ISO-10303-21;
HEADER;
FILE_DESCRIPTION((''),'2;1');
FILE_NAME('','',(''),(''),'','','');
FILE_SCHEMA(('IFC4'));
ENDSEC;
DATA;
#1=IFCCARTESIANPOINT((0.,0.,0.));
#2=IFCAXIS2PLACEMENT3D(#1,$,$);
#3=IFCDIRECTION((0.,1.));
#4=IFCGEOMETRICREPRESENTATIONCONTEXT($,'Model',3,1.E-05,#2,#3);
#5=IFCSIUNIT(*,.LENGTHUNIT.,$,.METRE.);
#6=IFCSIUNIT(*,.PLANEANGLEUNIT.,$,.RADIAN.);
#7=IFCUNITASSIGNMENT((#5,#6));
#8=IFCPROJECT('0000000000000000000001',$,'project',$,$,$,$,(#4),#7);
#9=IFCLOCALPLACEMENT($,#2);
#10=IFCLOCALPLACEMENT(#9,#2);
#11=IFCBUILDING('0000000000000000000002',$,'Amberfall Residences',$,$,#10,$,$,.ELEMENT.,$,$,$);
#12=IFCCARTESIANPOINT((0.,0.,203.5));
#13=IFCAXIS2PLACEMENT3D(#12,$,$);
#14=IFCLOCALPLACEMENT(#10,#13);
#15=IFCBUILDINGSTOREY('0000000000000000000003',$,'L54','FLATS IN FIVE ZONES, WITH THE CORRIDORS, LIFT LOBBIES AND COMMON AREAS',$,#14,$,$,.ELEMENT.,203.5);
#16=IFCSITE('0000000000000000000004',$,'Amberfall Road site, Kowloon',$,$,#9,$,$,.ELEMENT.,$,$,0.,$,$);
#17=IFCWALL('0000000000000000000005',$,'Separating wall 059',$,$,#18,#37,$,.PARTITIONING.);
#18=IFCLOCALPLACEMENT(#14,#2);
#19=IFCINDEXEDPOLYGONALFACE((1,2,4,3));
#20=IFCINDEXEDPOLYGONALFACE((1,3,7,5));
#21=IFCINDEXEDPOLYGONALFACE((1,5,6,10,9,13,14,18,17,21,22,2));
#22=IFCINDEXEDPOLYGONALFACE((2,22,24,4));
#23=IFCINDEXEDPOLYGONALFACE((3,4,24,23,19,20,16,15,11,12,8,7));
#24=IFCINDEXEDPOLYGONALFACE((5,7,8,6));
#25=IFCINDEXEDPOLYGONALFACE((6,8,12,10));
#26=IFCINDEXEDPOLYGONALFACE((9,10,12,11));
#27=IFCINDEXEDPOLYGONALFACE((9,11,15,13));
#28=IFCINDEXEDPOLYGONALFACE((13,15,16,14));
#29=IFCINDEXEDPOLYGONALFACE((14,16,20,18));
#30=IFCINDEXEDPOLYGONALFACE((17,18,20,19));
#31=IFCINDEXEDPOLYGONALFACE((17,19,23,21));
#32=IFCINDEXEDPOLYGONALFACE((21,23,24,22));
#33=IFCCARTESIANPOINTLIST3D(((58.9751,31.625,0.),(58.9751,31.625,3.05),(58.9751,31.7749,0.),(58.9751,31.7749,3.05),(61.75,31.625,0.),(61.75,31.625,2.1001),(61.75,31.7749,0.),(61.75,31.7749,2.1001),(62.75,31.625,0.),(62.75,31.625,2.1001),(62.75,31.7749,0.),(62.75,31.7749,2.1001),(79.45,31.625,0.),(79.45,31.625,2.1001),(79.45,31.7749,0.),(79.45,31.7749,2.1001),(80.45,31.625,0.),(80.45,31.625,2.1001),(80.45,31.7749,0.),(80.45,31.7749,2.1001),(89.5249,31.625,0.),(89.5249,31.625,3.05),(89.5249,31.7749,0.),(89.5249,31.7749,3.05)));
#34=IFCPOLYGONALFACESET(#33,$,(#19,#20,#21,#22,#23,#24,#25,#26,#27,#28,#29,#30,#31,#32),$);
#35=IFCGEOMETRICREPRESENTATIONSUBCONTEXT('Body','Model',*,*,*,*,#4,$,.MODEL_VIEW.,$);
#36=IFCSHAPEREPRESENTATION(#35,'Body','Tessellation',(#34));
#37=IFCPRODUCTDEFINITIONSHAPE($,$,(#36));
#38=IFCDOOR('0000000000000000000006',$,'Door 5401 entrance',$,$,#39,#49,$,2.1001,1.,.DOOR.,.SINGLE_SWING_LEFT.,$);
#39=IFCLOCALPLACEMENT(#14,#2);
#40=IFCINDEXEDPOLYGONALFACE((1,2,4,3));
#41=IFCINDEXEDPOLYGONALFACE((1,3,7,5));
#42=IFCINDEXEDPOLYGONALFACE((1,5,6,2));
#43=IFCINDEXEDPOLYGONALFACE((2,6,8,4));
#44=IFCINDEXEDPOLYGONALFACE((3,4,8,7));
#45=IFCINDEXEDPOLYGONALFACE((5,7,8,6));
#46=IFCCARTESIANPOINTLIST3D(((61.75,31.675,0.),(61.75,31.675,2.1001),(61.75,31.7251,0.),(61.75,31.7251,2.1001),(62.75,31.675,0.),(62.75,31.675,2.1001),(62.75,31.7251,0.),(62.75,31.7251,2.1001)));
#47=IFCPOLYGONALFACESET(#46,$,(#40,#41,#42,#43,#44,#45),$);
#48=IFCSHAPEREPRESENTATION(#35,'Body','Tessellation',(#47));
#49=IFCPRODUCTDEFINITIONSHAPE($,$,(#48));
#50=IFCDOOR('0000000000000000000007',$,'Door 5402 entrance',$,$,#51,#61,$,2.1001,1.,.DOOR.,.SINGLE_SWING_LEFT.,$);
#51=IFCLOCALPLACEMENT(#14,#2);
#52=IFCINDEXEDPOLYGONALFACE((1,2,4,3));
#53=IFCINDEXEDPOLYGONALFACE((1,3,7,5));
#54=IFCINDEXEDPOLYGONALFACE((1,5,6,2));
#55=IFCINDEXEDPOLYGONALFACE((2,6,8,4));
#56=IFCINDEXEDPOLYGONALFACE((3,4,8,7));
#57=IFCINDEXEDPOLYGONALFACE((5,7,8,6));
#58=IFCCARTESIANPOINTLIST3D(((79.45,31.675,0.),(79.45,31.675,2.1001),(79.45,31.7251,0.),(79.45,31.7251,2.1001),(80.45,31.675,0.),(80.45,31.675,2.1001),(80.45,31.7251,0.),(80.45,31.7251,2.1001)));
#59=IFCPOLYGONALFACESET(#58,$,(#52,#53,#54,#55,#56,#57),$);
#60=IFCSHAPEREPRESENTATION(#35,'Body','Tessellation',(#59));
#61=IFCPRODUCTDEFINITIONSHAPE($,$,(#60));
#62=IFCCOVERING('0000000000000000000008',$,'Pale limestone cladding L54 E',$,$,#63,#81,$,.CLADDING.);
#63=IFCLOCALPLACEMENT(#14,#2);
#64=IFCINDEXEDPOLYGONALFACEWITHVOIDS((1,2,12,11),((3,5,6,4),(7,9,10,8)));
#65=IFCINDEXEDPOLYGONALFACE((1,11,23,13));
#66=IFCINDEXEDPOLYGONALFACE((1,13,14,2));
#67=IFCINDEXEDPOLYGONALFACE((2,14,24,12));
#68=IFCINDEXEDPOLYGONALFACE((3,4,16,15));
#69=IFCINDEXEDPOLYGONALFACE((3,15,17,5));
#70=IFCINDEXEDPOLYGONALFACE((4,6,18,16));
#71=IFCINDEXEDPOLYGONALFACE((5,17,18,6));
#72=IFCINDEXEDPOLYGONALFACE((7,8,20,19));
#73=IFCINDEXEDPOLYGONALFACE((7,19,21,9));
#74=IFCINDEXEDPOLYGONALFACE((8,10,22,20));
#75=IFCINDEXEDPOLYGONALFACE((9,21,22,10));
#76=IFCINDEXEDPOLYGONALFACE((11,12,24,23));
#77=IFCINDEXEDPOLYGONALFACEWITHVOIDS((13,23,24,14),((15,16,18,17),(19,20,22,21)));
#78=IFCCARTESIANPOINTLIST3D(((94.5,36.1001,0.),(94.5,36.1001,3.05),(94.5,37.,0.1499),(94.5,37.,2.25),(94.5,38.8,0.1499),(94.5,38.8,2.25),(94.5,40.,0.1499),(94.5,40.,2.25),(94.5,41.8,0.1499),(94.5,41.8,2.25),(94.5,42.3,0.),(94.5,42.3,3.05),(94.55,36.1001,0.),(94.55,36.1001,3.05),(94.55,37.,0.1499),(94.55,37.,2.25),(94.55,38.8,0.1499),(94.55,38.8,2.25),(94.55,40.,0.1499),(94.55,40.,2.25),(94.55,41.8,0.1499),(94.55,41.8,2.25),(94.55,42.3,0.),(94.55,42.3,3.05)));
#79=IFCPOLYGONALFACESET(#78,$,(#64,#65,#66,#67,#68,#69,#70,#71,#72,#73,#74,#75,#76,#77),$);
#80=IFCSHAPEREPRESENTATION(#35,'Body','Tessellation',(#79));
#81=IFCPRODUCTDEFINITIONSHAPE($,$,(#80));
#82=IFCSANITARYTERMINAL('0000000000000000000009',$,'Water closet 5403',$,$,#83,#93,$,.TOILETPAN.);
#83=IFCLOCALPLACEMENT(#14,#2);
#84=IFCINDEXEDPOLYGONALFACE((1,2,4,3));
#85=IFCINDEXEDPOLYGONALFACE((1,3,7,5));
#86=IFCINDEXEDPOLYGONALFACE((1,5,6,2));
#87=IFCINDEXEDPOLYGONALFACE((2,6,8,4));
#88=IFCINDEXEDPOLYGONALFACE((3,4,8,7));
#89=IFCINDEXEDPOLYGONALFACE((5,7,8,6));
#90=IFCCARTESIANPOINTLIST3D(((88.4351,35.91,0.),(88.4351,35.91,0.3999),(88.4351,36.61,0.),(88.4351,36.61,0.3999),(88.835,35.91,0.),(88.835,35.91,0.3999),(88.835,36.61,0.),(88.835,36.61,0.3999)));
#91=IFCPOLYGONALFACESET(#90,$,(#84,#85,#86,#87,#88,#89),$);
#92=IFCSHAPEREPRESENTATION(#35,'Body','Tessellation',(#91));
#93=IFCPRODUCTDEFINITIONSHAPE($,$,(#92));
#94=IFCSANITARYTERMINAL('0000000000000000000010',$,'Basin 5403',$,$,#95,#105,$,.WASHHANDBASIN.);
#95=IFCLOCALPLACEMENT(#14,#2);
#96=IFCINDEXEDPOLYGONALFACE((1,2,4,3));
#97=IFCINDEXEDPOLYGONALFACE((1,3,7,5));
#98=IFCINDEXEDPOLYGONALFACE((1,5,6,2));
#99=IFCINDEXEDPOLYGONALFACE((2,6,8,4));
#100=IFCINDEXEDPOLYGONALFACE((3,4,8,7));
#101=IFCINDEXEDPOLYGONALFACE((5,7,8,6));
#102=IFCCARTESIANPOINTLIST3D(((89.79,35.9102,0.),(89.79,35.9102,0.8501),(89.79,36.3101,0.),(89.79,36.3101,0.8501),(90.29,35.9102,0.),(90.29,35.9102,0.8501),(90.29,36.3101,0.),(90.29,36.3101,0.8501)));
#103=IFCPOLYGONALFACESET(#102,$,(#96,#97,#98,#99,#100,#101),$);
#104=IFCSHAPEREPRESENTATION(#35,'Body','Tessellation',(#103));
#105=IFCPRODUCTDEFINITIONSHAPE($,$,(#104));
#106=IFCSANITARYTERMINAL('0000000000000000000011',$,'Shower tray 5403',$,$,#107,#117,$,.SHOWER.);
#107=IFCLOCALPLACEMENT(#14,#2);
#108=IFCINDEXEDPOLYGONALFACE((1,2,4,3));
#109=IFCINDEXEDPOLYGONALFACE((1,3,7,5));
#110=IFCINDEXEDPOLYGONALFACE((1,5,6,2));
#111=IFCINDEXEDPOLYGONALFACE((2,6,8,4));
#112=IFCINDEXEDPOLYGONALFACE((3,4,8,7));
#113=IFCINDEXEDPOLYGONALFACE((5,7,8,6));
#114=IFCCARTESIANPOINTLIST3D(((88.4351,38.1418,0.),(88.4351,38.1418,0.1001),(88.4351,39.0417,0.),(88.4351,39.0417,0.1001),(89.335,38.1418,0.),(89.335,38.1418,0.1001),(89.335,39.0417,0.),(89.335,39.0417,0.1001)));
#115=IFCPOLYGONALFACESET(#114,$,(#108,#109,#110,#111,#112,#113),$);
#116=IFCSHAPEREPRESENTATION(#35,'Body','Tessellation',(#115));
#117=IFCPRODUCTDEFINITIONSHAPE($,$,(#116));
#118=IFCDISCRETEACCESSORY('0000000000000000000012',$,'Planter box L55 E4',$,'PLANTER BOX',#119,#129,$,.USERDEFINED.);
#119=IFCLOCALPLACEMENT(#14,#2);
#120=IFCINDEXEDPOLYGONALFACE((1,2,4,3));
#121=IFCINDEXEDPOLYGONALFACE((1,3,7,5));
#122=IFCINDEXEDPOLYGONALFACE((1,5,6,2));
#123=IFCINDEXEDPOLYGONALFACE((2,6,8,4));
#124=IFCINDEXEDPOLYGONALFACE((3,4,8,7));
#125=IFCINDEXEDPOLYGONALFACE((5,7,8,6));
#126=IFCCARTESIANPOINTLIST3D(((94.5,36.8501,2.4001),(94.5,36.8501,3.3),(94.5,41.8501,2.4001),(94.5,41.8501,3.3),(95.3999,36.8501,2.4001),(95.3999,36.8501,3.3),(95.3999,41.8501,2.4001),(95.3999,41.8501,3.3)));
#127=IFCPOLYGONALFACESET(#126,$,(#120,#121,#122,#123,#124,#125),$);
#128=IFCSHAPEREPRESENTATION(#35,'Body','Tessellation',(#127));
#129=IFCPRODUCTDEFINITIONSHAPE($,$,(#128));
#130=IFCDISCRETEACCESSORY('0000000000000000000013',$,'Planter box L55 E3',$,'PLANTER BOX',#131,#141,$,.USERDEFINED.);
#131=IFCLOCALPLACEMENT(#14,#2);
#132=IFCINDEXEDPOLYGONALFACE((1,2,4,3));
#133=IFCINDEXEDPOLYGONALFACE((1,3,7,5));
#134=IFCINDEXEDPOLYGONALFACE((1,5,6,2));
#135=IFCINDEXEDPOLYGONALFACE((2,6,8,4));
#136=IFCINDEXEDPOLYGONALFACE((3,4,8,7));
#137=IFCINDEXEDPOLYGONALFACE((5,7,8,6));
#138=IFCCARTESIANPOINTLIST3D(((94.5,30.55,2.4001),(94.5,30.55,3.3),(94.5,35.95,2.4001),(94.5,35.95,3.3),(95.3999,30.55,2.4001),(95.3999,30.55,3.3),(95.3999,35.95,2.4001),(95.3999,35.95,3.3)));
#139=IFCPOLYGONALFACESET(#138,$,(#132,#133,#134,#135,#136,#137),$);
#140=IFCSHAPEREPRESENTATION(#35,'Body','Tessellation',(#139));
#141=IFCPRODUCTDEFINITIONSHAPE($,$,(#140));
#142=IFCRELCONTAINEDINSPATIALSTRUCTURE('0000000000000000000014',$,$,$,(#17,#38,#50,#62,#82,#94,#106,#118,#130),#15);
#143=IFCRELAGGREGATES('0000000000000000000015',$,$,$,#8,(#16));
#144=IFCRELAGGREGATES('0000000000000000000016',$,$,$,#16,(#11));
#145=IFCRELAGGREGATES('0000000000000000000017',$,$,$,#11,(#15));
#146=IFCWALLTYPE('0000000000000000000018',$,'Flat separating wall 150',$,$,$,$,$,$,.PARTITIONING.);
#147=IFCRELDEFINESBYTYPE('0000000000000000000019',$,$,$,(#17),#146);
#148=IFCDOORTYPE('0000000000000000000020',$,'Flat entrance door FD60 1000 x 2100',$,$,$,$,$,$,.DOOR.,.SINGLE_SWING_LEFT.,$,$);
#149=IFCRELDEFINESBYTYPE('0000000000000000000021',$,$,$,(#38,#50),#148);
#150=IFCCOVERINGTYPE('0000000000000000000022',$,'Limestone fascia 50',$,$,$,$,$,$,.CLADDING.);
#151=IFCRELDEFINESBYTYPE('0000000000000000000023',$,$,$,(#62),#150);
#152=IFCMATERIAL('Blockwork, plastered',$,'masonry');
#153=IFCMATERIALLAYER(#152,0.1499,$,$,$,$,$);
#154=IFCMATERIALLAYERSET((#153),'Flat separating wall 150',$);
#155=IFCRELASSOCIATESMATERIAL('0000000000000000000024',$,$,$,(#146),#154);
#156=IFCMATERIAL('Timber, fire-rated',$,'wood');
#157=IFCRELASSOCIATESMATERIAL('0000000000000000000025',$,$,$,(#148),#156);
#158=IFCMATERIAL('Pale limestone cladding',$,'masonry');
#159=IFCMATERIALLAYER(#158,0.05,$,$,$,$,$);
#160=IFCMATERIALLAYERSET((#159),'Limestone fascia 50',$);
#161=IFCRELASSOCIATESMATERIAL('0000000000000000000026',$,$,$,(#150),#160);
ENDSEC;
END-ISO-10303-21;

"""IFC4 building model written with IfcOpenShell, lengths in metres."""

from ifc_helpers import new_model, si_unit, direction, frame, frame_2d, origin, origin_2d, place, context, subcontext, project, spatial, polyline, rectangle, outline, extrude, material, layer, layer_set, type_object, element, fill, save


model = new_model("IFC4")

# Units and contexts
model_context = context("Model", 3, precision=1e-05, world=origin(), true_north=direction((0.0, 1.0)))
body_context = subcontext(model_context, "Body", "Model", "MODEL_VIEW")
ifc_project = project(units=[si_unit("LENGTHUNIT", "METRE"), si_unit("PLANEANGLEUNIT", "RADIAN")], contexts=[model_context])

# Site, building, storey
site_placement = place(None, origin())
site = spatial("IfcSite", under=ifc_project, at=site_placement, Name="Amberfall Road site, Kowloon", CompositionType="ELEMENT", RefElevation=0.0)
building_placement = place(site_placement, origin())
building = spatial("IfcBuilding", under=site, at=building_placement, Name="Amberfall Residences", CompositionType="ELEMENT")
storey_placement = place(building_placement, frame((0.0, 0.0, 203.5)))
storey = spatial("IfcBuildingStorey", under=building, at=storey_placement, Name="L54", Description="FLATS IN FIVE ZONES, WITH THE CORRIDORS, LIFT LOBBIES AND COMMON AREAS", CompositionType="ELEMENT", Elevation=203.5)

# Wall, openings, doors
ifc_material_1 = material(Name="Blockwork, plastered", Category="masonry")
ifc_layer_1 = layer(ifc_material_1, 0.1499)
ifc_layer_set_1 = layer_set([ifc_layer_1], Name="Flat separating wall 150")
wall_type_1 = type_object("IfcWallType", Name="Flat separating wall 150", PredefinedType="PARTITIONING", material=ifc_layer_set_1)
wall_1_placement = place(storey_placement, frame((89.5249, 31.7, 0.0), z_axis=(0.0, 0.0, 1.0), x_axis=(-1.0, 0.0, 0.0)))
wall_1 = element("IfcWall", 1, at=wall_1_placement, inside=storey, type_object=wall_type_1, Name="Separating wall 059", PredefinedType="PARTITIONING", context=body_context, shape_type="SweptSolid", body=[
    extrude(rectangle(XDim=30.5498, YDim=0.1499, at=frame_2d((15.2749, 0.0))), origin(), (0.0, 0.0, 1.0), 3.05),
])
opening_1_placement = place(wall_1_placement, frame((26.7749, 0.0, 0.0)))
opening_1 = element("IfcOpeningElement", 2, at=opening_1_placement, cuts=wall_1, PredefinedType="OPENING", context=body_context, shape_type="SweptSolid", body=[
    extrude(rectangle(XDim=1.0, YDim=2.1001, at=frame_2d((0.5, 1.05))), frame((0.0, 0.085, 0.0), z_axis=(0.0, -1.0, 0.0), x_axis=(1.0, 0.0, 0.0)), (0.0, 0.0, 1.0), 0.1699),
])
opening_2_placement = place(wall_1_placement, frame((9.075, 0.0, 0.0)))
opening_2 = element("IfcOpeningElement", 3, at=opening_2_placement, cuts=wall_1, PredefinedType="OPENING", context=body_context, shape_type="SweptSolid", body=[
    extrude(rectangle(XDim=1.0, YDim=2.1001, at=frame_2d((0.5, 1.05))), frame((0.0, 0.085, 0.0), z_axis=(0.0, -1.0, 0.0), x_axis=(1.0, 0.0, 0.0)), (0.0, 0.0, 1.0), 0.1699),
])
ifc_material_2 = material(Name="Timber, fire-rated", Category="wood")
door_type_1 = type_object("IfcDoorType", Name="Flat entrance door FD60 1000 x 2100", OperationType="SINGLE_SWING_LEFT", PredefinedType="DOOR", material=ifc_material_2)
door_1_placement = place(opening_1_placement, origin())
door_1 = element("IfcDoor", 4, at=door_1_placement, inside=storey, type_object=door_type_1, Name="Door 5401 entrance", OperationType="SINGLE_SWING_LEFT", OverallHeight=2.1001, OverallWidth=1.0, PredefinedType="DOOR", context=body_context, shape_type="SweptSolid", body=[
    extrude(rectangle(XDim=1.0, YDim=2.1001, at=frame_2d((0.5, 1.05))), frame((0.0, 0.0249, 0.0), z_axis=(0.0, -1.0, 0.0), x_axis=(1.0, 0.0, 0.0)), (0.0, 0.0, 1.0), 0.05),
])
fill(opening_1, door_1)
door_2_placement = place(opening_2_placement, origin())
door_2 = element("IfcDoor", 5, at=door_2_placement, inside=storey, type_object=door_type_1, Name="Door 5402 entrance", OperationType="SINGLE_SWING_LEFT", OverallHeight=2.1001, OverallWidth=1.0, PredefinedType="DOOR", context=body_context, shape_type="SweptSolid", body=[
    extrude(rectangle(XDim=1.0, YDim=2.1001, at=frame_2d((0.5, 1.05))), frame((0.0, 0.0249, 0.0), z_axis=(0.0, -1.0, 0.0), x_axis=(1.0, 0.0, 0.0)), (0.0, 0.0, 1.0), 0.05),
])
fill(opening_2, door_2)

# Covering
ifc_material_3 = material(Name="Pale limestone cladding", Category="masonry")
ifc_layer_2 = layer(ifc_material_3, 0.05)
ifc_layer_set_2 = layer_set([ifc_layer_2], Name="Limestone fascia 50")
covering_type = type_object("IfcCoveringType", Name="Limestone fascia 50", PredefinedType="CLADDING", material=ifc_layer_set_2)
covering_placement = place(storey_placement, frame((94.5, 36.1001, 3.05), z_axis=(-1.0, 0.0, 0.0), x_axis=(0.0, 1.0, 0.0)))
element("IfcCovering", 6, at=covering_placement, inside=storey, type_object=covering_type, Name="Pale limestone cladding L54 E", PredefinedType="CLADDING", context=body_context, shape_type="SweptSolid", body=[
    extrude(outline(polyline([(0.0, 0.0), (6.2, 0.0), (6.2, 3.05), (0.0, 3.05), (0.0, 0.0)]), holes=[polyline([(0.8999, 0.8), (2.7, 0.8), (2.7, 2.9001), (0.8999, 2.9001), (0.8999, 0.8)]), polyline([(3.8999, 0.8), (5.7, 0.8), (5.7, 2.9001), (3.8999, 2.9001), (3.8999, 0.8)])]), origin(), (0.0, 0.0, -1.0), 0.05),
])

# Sanitary terminals
sanitary_terminal_1_placement = place(storey_placement, frame((88.635, 36.26, 0.0), z_axis=(0.0, 0.0, 1.0), x_axis=(1.0, 0.0, 0.0)))
element("IfcSanitaryTerminal", 7, at=sanitary_terminal_1_placement, inside=storey, Name="Water closet 5403", PredefinedType="TOILETPAN", context=body_context, shape_type="SweptSolid", body=[
    extrude(rectangle(XDim=0.3999, YDim=0.7, at=origin_2d()), origin(), (0.0, 0.0, 1.0), 0.3999),
])
sanitary_terminal_2_placement = place(storey_placement, frame((90.04, 36.1101, 0.0), z_axis=(0.0, 0.0, 1.0), x_axis=(1.0, 0.0, 0.0)))
element("IfcSanitaryTerminal", 8, at=sanitary_terminal_2_placement, inside=storey, Name="Basin 5403", PredefinedType="WASHHANDBASIN", context=body_context, shape_type="SweptSolid", body=[
    extrude(rectangle(XDim=0.5, YDim=0.3999, at=origin_2d()), origin(), (0.0, 0.0, 1.0), 0.8501),
])
sanitary_terminal_3_placement = place(storey_placement, frame((88.885, 38.5918, 0.0), z_axis=(0.0, 0.0, 1.0), x_axis=(1.0, 0.0, 0.0)))
element("IfcSanitaryTerminal", 9, at=sanitary_terminal_3_placement, inside=storey, Name="Shower tray 5403", PredefinedType="SHOWER", context=body_context, shape_type="SweptSolid", body=[
    extrude(rectangle(XDim=0.8999, YDim=0.8999, at=origin_2d()), origin(), (0.0, 0.0, 1.0), 0.1001),
])

# Discrete accessories
discrete_accessory_1_placement = place(storey_placement, frame((94.95, 39.3501, 2.4001), z_axis=(0.0, 0.0, 1.0), x_axis=(0.0, 1.0, 0.0)))
element("IfcDiscreteAccessory", 10, at=discrete_accessory_1_placement, inside=storey, Name="Planter box L55 E4", ObjectType="PLANTER BOX", PredefinedType="USERDEFINED", context=body_context, shape_type="SweptSolid", body=[
    extrude(rectangle(XDim=5.0, YDim=0.8999, at=origin_2d()), origin(), (0.0, 0.0, 1.0), 0.8999),
])
discrete_accessory_2_placement = place(storey_placement, frame((94.95, 33.25, 2.4001), z_axis=(0.0, 0.0, 1.0), x_axis=(0.0, 1.0, 0.0)))
element("IfcDiscreteAccessory", 11, at=discrete_accessory_2_placement, inside=storey, Name="Planter box L55 E3", ObjectType="PLANTER BOX", PredefinedType="USERDEFINED", context=body_context, shape_type="SweptSolid", body=[
    extrude(rectangle(XDim=5.3999, YDim=0.8999, at=origin_2d()), origin(), (0.0, 0.0, 1.0), 0.8999),
])

save(model, "model.ifc")
